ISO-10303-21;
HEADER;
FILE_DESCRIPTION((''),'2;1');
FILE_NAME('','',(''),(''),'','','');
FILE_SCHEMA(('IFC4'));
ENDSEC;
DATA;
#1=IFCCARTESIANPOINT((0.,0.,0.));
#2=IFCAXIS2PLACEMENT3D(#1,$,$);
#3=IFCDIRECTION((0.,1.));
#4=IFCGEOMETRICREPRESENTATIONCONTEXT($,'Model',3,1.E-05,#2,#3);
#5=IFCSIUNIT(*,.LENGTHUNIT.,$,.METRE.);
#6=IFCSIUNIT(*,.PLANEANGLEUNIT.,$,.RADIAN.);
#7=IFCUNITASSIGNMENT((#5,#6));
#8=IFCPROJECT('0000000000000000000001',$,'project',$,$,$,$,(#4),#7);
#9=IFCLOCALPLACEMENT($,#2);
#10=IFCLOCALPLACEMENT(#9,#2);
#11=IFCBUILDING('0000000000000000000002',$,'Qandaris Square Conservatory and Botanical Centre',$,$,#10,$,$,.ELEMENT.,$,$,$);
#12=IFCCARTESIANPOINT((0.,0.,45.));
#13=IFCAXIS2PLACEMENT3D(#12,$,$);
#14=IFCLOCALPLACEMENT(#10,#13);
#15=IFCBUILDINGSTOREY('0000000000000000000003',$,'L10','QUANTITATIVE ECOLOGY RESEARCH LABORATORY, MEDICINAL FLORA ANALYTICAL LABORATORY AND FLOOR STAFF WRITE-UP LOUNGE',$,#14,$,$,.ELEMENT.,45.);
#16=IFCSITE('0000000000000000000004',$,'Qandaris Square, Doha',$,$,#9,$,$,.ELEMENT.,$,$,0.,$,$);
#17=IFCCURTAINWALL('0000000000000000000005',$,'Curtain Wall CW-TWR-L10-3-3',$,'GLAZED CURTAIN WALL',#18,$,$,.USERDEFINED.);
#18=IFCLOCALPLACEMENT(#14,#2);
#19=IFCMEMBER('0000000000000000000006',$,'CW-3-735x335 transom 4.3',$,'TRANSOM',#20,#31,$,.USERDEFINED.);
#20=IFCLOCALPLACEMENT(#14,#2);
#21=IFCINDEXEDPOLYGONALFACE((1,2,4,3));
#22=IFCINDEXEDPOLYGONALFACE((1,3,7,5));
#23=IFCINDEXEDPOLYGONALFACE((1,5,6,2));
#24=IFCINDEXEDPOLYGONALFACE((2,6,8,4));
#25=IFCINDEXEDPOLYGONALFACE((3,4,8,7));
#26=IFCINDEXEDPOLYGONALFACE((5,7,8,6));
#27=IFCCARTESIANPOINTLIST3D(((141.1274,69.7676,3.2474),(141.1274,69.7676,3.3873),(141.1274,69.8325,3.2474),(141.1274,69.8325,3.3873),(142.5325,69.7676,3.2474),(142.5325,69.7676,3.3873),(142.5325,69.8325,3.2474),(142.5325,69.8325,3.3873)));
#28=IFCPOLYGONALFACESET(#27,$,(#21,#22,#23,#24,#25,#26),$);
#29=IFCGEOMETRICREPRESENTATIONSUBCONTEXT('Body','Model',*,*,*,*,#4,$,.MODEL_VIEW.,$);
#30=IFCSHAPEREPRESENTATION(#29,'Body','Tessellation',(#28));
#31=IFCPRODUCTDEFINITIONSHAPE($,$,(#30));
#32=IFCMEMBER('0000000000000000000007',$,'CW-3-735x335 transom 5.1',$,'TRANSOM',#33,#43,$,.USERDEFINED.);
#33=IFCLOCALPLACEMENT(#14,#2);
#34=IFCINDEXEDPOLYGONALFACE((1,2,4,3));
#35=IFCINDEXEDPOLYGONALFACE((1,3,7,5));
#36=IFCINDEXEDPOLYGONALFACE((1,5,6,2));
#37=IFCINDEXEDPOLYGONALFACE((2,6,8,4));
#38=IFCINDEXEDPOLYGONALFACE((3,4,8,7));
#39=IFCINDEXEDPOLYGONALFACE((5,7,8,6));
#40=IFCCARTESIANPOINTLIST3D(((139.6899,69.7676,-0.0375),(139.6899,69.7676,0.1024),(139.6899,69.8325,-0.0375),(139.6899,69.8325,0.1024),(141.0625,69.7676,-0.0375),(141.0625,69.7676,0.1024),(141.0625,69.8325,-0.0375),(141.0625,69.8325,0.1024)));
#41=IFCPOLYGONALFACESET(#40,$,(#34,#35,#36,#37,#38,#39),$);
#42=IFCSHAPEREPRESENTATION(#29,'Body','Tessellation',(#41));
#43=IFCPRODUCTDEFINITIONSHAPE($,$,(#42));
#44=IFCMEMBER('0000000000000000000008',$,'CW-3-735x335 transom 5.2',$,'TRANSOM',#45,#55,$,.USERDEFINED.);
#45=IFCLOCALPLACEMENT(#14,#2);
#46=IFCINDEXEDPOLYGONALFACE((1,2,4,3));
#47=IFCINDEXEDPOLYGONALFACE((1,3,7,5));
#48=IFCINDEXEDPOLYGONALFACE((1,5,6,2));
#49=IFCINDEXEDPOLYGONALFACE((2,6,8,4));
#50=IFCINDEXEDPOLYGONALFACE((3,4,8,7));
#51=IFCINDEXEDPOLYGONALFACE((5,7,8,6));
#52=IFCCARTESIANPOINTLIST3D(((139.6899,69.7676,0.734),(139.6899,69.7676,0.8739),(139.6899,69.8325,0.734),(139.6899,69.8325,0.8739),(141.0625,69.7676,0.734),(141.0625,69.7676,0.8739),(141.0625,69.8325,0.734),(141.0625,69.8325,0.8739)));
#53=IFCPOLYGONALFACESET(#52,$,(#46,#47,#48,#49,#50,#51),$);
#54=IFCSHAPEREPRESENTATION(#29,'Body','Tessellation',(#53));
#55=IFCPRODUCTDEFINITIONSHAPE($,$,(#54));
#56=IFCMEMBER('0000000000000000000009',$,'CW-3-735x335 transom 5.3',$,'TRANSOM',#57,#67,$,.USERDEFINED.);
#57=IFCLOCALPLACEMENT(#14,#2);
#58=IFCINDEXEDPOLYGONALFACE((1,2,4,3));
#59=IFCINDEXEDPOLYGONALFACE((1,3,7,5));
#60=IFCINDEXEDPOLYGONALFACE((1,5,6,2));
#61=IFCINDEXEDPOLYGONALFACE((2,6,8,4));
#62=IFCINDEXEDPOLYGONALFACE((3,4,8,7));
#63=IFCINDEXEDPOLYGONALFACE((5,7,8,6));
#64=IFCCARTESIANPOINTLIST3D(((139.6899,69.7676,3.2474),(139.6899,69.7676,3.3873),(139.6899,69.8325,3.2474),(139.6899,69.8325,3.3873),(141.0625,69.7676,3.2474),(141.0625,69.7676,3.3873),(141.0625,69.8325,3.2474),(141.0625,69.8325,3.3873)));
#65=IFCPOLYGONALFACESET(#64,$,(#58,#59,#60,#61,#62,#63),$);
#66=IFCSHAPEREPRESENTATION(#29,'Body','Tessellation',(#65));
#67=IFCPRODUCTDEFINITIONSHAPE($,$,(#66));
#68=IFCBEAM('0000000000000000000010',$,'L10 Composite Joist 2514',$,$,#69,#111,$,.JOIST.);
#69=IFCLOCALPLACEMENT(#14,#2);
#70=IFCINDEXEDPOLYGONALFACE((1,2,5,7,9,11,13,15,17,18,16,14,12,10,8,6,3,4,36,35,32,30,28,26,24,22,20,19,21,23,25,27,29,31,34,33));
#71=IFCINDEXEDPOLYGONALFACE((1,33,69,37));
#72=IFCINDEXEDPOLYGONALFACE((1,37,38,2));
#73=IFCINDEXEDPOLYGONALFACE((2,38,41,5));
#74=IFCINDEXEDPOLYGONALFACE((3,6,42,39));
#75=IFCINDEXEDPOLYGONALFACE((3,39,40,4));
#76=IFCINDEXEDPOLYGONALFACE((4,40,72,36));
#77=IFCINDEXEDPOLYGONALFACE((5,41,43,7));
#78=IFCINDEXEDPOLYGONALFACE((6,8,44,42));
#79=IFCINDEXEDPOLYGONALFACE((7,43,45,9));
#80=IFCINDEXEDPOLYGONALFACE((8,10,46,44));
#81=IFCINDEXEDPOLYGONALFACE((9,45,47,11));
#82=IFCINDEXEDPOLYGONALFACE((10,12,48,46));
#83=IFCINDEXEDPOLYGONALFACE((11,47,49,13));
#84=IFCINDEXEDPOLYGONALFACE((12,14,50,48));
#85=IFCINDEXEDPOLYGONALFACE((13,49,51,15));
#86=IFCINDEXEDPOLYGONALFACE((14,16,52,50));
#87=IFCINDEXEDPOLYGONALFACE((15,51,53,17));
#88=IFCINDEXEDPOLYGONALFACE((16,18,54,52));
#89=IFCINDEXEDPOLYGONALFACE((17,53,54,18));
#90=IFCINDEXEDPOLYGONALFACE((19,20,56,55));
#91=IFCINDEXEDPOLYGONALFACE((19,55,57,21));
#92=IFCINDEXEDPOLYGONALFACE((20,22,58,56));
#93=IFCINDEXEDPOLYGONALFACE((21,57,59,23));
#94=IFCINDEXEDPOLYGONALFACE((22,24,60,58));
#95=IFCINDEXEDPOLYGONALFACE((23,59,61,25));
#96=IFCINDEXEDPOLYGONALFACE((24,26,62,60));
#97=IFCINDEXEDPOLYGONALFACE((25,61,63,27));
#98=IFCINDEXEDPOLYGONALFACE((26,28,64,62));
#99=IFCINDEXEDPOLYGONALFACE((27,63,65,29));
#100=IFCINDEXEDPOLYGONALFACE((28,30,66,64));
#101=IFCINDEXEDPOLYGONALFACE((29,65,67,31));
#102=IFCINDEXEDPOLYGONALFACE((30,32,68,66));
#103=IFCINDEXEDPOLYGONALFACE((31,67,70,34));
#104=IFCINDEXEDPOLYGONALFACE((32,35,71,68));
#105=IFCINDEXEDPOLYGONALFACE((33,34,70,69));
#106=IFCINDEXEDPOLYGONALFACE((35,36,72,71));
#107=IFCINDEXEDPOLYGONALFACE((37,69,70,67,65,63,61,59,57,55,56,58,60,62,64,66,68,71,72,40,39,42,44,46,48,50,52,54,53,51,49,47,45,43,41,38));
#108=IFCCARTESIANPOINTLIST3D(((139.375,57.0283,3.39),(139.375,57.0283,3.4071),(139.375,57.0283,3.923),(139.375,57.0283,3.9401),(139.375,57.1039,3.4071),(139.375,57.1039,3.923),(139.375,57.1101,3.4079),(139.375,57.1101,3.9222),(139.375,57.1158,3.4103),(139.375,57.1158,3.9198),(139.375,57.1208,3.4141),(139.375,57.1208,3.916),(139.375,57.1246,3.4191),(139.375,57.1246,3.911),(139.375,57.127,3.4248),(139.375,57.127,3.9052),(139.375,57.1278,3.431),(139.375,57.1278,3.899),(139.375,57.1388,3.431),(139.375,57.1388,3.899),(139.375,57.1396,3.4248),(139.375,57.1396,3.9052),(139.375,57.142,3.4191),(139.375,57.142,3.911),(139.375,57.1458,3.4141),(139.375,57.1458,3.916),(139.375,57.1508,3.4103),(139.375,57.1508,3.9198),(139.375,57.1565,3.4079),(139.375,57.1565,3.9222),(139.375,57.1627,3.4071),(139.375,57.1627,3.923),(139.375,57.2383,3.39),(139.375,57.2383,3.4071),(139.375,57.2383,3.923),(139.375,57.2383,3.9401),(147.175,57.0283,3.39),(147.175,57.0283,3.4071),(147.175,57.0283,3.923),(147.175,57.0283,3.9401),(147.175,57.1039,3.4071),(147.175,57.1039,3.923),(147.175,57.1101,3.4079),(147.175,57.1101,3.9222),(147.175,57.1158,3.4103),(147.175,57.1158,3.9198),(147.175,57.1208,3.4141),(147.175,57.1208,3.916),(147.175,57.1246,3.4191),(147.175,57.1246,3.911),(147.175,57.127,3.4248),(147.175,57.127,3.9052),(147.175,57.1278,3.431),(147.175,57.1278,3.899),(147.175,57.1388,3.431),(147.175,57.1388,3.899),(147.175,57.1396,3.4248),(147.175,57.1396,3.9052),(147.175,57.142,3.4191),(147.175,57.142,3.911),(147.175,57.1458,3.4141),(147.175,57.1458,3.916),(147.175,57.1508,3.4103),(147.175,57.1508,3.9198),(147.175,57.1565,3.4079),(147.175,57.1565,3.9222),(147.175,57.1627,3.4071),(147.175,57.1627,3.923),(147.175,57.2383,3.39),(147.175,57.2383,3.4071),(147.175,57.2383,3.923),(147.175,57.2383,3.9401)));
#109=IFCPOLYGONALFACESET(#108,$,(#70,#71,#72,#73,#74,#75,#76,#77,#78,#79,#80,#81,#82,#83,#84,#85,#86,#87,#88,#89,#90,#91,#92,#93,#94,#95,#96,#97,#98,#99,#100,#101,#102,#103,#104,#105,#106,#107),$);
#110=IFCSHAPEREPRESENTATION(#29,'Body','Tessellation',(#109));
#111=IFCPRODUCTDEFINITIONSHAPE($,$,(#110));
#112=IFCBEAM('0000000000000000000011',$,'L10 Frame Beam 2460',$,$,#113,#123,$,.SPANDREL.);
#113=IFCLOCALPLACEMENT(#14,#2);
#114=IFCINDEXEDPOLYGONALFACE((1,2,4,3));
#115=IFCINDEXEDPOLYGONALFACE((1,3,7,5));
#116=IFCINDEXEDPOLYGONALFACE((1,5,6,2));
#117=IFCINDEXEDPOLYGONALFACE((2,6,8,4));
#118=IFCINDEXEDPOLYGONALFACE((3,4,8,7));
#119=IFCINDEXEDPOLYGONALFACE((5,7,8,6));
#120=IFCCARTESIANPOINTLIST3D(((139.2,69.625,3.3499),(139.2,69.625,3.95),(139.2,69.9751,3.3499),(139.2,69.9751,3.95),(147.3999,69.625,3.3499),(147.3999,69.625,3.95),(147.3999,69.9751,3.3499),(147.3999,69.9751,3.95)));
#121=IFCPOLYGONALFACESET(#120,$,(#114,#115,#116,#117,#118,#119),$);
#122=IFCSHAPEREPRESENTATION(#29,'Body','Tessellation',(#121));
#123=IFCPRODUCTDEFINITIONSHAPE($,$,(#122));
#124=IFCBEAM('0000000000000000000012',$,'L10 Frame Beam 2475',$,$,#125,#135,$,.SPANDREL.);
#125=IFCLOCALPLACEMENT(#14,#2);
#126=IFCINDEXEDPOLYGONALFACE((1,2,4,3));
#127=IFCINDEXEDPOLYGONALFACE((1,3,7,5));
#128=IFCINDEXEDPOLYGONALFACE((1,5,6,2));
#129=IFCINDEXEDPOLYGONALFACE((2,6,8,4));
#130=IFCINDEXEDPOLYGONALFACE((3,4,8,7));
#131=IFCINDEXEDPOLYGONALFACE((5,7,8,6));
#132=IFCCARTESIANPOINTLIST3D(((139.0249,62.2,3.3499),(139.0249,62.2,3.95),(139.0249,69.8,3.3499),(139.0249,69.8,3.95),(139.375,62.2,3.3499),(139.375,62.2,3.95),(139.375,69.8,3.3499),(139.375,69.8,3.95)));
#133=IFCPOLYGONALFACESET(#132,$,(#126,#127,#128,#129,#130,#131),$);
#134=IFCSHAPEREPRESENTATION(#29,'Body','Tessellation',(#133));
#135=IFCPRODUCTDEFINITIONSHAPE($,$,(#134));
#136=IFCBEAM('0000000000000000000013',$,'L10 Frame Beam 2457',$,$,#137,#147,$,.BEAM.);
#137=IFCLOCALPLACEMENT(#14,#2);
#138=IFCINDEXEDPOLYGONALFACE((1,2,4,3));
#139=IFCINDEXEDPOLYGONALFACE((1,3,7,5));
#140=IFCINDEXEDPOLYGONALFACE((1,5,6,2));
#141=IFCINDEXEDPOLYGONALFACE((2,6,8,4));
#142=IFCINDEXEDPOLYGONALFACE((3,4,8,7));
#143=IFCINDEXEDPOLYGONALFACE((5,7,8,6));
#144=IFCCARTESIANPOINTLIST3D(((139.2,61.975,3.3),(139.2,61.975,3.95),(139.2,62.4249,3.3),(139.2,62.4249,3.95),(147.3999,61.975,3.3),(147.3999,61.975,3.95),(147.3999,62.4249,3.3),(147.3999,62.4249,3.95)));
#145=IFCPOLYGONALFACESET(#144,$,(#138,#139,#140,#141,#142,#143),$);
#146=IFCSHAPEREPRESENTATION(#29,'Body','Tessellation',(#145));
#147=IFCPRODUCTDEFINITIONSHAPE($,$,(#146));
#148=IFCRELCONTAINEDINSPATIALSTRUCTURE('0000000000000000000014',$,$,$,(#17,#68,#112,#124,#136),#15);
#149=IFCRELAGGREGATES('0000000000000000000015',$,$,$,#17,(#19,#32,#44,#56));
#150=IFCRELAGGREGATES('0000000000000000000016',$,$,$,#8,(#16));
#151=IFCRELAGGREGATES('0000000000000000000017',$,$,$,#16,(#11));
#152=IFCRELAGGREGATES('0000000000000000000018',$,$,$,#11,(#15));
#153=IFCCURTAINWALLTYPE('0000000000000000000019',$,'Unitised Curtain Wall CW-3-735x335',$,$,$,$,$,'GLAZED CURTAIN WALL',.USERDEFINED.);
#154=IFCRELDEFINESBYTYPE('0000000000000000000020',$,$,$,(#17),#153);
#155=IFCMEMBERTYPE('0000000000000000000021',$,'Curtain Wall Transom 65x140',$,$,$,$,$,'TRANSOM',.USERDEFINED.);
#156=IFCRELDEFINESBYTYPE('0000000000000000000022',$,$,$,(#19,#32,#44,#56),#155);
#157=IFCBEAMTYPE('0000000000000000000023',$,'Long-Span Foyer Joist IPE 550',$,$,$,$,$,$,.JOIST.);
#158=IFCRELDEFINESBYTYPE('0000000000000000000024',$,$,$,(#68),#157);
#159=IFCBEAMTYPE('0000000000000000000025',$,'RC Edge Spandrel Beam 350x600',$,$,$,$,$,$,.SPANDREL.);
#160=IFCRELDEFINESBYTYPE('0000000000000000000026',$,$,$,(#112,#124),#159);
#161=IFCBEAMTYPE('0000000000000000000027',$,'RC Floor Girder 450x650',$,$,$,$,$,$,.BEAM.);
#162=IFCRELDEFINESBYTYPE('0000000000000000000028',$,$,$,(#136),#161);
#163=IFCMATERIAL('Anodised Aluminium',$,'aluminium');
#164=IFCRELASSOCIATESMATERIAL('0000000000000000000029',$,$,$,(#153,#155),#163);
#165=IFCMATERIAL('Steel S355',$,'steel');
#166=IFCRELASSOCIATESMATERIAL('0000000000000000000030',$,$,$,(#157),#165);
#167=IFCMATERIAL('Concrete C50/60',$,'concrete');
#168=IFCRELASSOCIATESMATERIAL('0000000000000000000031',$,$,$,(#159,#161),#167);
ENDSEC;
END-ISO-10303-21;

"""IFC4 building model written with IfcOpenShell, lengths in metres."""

from ifc_helpers import new_model, si_unit, direction, frame, origin, origin_2d, place, context, subcontext, project, spatial, rectangle, i_section, extrude, material, material_profile, profile_set, type_object, element, aggregate, save


model = new_model("IFC4")

# Units and contexts
model_context = context("Model", 3, precision=1e-05, world=origin(), true_north=direction((0.0, 1.0)))
body_context = subcontext(model_context, "Body", "Model", "MODEL_VIEW")
ifc_project = project(units=[si_unit("LENGTHUNIT", "METRE"), si_unit("PLANEANGLEUNIT", "RADIAN")], contexts=[model_context])

# Site, building, storey
site_placement = place(None, origin())
site = spatial("IfcSite", under=ifc_project, at=site_placement, Name="Qandaris Square, Doha", CompositionType="ELEMENT", RefElevation=0.0)
building_placement = place(site_placement, origin())
building = spatial("IfcBuilding", under=site, at=building_placement, Name="Qandaris Square Conservatory and Botanical Centre", CompositionType="ELEMENT")
storey_placement = place(building_placement, frame((0.0, 0.0, 45.0)))
storey = spatial("IfcBuildingStorey", under=building, at=storey_placement, Name="L10", Description="QUANTITATIVE ECOLOGY RESEARCH LABORATORY, MEDICINAL FLORA ANALYTICAL LABORATORY AND FLOOR STAFF WRITE-UP LOUNGE", CompositionType="ELEMENT", Elevation=45.0)

# Shared definitions
ifc_material_1 = material(Name="Concrete C50/60", Category="concrete")

# Shared definitions
ifc_material_2 = material(Name="Steel S355", Category="steel")

# Curtain wall, members
ifc_material_3 = material(Name="Anodised Aluminium", Category="aluminium")
curtain_wall_type = type_object("IfcCurtainWallType", Name="Unitised Curtain Wall CW-3-735x335", ElementType="GLAZED CURTAIN WALL", PredefinedType="USERDEFINED", material=ifc_material_3)
curtain_wall_placement = place(storey_placement, origin())
curtain_wall = element("IfcCurtainWall", 1, at=curtain_wall_placement, inside=storey, type_object=curtain_wall_type, Name="Curtain Wall CW-TWR-L10-3-3", ObjectType="GLAZED CURTAIN WALL", PredefinedType="USERDEFINED")
ifc_material_profile_1 = material_profile(ifc_material_3, rectangle(XDim=0.0649, YDim=0.1399, at=origin_2d()), Name="ALU-TRN 65x140")
ifc_profile_set_1 = profile_set([ifc_material_profile_1], Name="Anodised Aluminium")
member_type_1 = type_object("IfcMemberType", Name="Curtain Wall Transom 65x140", ElementType="TRANSOM", PredefinedType="USERDEFINED", material=ifc_profile_set_1)
member_1_placement = place(storey_placement, frame((142.5325, 69.8, 3.3174), z_axis=(-1.0, 0.0, 0.0), x_axis=(0.0, -1.0, 0.0)))
member_1 = element("IfcMember", 2, at=member_1_placement, type_object=member_type_1, Name="CW-3-735x335 transom 4.3", ObjectType="TRANSOM", PredefinedType="USERDEFINED", context=body_context, shape_type="SweptSolid", body=[
    extrude(rectangle(XDim=0.0649, YDim=0.1399, at=origin_2d()), origin(), (0.0, 0.0, 1.0), 1.405),
])
member_2_placement = place(storey_placement, frame((141.0625, 69.8, 0.0325), z_axis=(-1.0, 0.0, 0.0), x_axis=(0.0, -1.0, 0.0)))
member_2 = element("IfcMember", 3, at=member_2_placement, type_object=member_type_1, Name="CW-3-735x335 transom 5.1", ObjectType="TRANSOM", PredefinedType="USERDEFINED", context=body_context, shape_type="SweptSolid", body=[
    extrude(rectangle(XDim=0.0649, YDim=0.1399, at=origin_2d()), origin(), (0.0, 0.0, 1.0), 1.3726),
])
member_3_placement = place(storey_placement, frame((141.0625, 69.8, 0.804), z_axis=(-1.0, 0.0, 0.0), x_axis=(0.0, -1.0, 0.0)))
member_3 = element("IfcMember", 4, at=member_3_placement, type_object=member_type_1, Name="CW-3-735x335 transom 5.2", ObjectType="TRANSOM", PredefinedType="USERDEFINED", context=body_context, shape_type="SweptSolid", body=[
    extrude(rectangle(XDim=0.0649, YDim=0.1399, at=origin_2d()), origin(), (0.0, 0.0, 1.0), 1.3726),
])
member_4_placement = place(storey_placement, frame((141.0625, 69.8, 3.3174), z_axis=(-1.0, 0.0, 0.0), x_axis=(0.0, -1.0, 0.0)))
member_4 = element("IfcMember", 5, at=member_4_placement, type_object=member_type_1, Name="CW-3-735x335 transom 5.3", ObjectType="TRANSOM", PredefinedType="USERDEFINED", context=body_context, shape_type="SweptSolid", body=[
    extrude(rectangle(XDim=0.0649, YDim=0.1399, at=origin_2d()), origin(), (0.0, 0.0, 1.0), 1.3726),
])

# Beams
ifc_material_profile_2 = material_profile(ifc_material_2, i_section(OverallWidth=0.21, OverallDepth=0.55, WebThickness=0.011, FlangeThickness=0.0171, FilletRadius=0.0239, at=origin_2d()), Name="IPE 550")
ifc_profile_set_2 = profile_set([ifc_material_profile_2], Name="Steel S355")
beam_type_1 = type_object("IfcBeamType", Name="Long-Span Foyer Joist IPE 550", PredefinedType="JOIST", material=ifc_profile_set_2)
beam_1_placement = place(storey_placement, frame((139.375, 57.1333, 3.665), z_axis=(1.0, 0.0, 0.0), x_axis=(0.0, 1.0, 0.0)))
element("IfcBeam", 6, at=beam_1_placement, inside=storey, type_object=beam_type_1, Name="L10 Composite Joist 2514", PredefinedType="JOIST", context=body_context, shape_type="SweptSolid", body=[
    extrude(i_section(OverallWidth=0.21, OverallDepth=0.55, WebThickness=0.011, FlangeThickness=0.0171, FilletRadius=0.0239, at=origin_2d()), origin(), (0.0, 0.0, 1.0), 7.8),
])
ifc_material_profile_3 = material_profile(ifc_material_1, rectangle(XDim=0.3501, YDim=0.6001, at=origin_2d()), Name="RC-SP 350x600")
ifc_profile_set_3 = profile_set([ifc_material_profile_3], Name="Concrete C50/60")
beam_type_2 = type_object("IfcBeamType", Name="RC Edge Spandrel Beam 350x600", PredefinedType="SPANDREL", material=ifc_profile_set_3)
beam_2_placement = place(storey_placement, frame((139.2, 69.8, 3.6499), z_axis=(1.0, 0.0, 0.0), x_axis=(0.0, 1.0, 0.0)))
element("IfcBeam", 7, at=beam_2_placement, inside=storey, type_object=beam_type_2, Name="L10 Frame Beam 2460", PredefinedType="SPANDREL", context=body_context, shape_type="SweptSolid", body=[
    extrude(rectangle(XDim=0.3501, YDim=0.6001, at=origin_2d()), origin(), (0.0, 0.0, 1.0), 8.2),
])
beam_3_placement = place(storey_placement, frame((139.2, 62.2, 3.6499), z_axis=(0.0, 1.0, 0.0), x_axis=(-1.0, 0.0, 0.0)))
element("IfcBeam", 8, at=beam_3_placement, inside=storey, type_object=beam_type_2, Name="L10 Frame Beam 2475", PredefinedType="SPANDREL", context=body_context, shape_type="SweptSolid", body=[
    extrude(rectangle(XDim=0.3501, YDim=0.6001, at=origin_2d()), origin(), (0.0, 0.0, 1.0), 7.6001),
])
ifc_material_profile_4 = material_profile(ifc_material_1, rectangle(XDim=0.45, YDim=0.6499, at=origin_2d()), Name="RC-BM 450x650")
ifc_profile_set_4 = profile_set([ifc_material_profile_4], Name="Concrete C50/60")
beam_type_3 = type_object("IfcBeamType", Name="RC Floor Girder 450x650", PredefinedType="BEAM", material=ifc_profile_set_4)
beam_4_placement = place(storey_placement, frame((139.2, 62.2, 3.625), z_axis=(1.0, 0.0, 0.0), x_axis=(0.0, 1.0, 0.0)))
element("IfcBeam", 9, at=beam_4_placement, inside=storey, type_object=beam_type_3, Name="L10 Frame Beam 2457", PredefinedType="BEAM", context=body_context, shape_type="SweptSolid", body=[
    extrude(rectangle(XDim=0.45, YDim=0.6499, at=origin_2d()), origin(), (0.0, 0.0, 1.0), 8.2),
])

aggregate(curtain_wall, [member_1, member_2, member_3, member_4])

save(model, "model.ifc")
